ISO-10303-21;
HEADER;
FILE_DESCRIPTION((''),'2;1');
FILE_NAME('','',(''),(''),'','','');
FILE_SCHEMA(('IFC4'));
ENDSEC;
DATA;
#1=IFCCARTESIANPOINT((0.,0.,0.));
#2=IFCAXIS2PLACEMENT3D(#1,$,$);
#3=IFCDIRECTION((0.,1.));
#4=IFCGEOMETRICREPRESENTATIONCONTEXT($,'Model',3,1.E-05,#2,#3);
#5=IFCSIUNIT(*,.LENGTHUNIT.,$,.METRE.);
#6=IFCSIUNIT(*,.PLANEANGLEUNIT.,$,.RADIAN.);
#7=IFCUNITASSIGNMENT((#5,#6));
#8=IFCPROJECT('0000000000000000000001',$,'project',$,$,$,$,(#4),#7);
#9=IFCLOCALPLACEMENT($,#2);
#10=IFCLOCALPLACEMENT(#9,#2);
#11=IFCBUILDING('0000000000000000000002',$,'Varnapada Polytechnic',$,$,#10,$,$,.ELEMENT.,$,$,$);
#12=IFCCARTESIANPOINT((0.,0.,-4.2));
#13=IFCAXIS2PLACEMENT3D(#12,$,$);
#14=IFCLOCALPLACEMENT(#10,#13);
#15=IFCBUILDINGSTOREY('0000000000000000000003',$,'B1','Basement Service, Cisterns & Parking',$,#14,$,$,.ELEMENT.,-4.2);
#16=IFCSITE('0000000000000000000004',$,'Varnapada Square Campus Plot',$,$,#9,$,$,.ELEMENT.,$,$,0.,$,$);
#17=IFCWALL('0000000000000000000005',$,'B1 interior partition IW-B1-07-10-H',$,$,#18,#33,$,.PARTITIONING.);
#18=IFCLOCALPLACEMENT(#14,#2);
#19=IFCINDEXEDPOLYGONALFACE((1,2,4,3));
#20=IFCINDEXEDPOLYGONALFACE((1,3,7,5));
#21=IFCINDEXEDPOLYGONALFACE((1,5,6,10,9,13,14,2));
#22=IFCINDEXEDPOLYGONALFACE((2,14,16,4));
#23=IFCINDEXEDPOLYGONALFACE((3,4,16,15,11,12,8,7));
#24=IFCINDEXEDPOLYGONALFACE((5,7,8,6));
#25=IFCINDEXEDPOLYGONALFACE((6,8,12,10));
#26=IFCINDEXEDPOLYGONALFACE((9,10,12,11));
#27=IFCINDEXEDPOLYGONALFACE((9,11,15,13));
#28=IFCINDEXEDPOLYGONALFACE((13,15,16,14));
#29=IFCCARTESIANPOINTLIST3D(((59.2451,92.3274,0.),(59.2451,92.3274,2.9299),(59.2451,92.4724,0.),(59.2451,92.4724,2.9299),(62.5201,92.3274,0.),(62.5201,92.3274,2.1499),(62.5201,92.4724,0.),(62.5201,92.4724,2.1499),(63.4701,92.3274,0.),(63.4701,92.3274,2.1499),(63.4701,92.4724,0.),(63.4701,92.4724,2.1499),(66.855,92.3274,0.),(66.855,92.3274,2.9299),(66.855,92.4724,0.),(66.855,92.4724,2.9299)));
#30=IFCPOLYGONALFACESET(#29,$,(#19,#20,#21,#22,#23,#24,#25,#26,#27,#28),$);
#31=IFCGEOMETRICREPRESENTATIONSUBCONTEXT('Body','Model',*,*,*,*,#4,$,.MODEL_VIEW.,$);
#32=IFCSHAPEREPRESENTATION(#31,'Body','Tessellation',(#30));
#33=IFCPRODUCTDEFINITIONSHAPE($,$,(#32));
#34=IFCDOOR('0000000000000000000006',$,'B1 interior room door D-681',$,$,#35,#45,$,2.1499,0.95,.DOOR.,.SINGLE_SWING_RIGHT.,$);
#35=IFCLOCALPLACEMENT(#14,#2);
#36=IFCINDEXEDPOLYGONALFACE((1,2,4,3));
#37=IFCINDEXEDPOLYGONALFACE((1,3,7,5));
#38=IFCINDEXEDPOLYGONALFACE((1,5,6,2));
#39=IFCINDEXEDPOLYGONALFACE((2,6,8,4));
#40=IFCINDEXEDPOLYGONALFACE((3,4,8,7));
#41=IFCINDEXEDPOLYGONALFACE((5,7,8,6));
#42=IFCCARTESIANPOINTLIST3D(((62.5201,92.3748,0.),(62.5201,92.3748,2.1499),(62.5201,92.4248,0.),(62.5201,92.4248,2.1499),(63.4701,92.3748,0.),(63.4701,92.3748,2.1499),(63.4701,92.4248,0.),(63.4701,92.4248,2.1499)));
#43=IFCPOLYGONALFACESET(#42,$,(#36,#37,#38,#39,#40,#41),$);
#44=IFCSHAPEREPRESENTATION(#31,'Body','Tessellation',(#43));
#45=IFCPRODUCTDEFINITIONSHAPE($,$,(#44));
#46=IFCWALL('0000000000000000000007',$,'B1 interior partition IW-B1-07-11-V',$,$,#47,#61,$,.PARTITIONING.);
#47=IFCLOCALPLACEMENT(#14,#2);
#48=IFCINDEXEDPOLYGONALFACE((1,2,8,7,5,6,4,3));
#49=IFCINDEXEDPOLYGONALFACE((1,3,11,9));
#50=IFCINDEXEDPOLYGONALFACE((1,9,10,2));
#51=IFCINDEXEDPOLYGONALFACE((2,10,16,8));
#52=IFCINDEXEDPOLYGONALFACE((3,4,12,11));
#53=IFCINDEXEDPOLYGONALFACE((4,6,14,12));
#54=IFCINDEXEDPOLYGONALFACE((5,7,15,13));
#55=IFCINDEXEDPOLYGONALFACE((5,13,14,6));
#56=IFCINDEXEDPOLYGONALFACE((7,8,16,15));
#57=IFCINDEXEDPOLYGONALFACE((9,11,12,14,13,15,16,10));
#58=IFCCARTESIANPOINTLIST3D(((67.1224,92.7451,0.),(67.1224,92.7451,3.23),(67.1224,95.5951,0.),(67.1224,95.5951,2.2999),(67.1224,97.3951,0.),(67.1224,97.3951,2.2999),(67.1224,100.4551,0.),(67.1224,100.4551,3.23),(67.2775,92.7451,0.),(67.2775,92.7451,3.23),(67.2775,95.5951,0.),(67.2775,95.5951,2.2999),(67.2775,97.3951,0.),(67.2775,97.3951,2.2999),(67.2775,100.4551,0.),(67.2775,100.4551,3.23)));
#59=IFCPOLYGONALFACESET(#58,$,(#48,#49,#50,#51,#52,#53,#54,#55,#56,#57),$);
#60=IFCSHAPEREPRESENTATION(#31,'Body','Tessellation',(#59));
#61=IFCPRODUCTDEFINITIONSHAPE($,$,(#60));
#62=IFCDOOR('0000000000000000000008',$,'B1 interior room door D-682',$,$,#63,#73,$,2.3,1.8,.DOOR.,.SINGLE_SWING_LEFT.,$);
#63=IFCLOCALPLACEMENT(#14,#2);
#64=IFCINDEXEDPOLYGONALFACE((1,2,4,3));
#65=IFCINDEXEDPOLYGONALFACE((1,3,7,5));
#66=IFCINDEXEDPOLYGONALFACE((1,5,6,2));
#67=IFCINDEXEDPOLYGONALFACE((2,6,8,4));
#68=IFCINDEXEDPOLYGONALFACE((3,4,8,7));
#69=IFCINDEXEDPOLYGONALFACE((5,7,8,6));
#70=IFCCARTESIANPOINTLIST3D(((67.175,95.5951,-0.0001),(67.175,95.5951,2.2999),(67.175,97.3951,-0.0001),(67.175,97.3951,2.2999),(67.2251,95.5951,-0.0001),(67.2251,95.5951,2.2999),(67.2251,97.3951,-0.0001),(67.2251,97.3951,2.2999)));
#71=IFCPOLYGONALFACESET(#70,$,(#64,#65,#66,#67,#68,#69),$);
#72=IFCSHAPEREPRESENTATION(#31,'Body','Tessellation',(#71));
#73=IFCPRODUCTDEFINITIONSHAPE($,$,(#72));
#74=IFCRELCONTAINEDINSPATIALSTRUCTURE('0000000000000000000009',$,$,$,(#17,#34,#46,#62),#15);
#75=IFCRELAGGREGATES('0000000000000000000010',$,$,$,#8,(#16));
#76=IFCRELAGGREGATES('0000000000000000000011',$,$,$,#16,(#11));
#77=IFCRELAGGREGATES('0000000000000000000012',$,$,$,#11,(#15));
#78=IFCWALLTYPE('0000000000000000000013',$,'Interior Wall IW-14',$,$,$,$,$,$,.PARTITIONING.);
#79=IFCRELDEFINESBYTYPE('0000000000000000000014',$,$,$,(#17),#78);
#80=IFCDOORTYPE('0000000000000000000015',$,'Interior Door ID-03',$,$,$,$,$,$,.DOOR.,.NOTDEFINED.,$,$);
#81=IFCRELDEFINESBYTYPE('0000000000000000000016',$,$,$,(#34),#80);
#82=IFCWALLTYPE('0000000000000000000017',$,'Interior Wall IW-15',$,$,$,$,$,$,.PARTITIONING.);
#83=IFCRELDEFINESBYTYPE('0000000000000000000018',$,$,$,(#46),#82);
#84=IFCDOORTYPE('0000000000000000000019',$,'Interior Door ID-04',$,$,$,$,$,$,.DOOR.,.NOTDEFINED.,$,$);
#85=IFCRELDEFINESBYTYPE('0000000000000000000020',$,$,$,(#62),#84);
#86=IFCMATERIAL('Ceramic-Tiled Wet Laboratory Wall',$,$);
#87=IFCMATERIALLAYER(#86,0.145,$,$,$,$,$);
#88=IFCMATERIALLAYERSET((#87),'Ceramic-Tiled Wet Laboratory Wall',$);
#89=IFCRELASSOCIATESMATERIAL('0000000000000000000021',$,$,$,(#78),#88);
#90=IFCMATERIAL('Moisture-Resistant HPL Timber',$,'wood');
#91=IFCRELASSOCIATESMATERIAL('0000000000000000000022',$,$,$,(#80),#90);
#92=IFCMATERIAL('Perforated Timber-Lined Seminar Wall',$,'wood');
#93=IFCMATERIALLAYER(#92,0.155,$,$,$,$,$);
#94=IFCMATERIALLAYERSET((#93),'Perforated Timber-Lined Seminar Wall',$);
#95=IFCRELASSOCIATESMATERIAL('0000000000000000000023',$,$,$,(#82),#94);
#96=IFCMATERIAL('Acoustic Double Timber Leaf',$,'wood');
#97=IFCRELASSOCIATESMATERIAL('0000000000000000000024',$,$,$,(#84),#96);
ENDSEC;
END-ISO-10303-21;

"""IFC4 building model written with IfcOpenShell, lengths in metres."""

from ifc_helpers import new_model, si_unit, direction, frame, frame_2d, origin, place, context, subcontext, project, spatial, rectangle, extrude, material, layer, layer_set, type_object, element, fill, save


model = new_model("IFC4")

# Units and contexts
model_context = context("Model", 3, precision=1e-05, world=origin(), true_north=direction((0.0, 1.0)))
body_context = subcontext(model_context, "Body", "Model", "MODEL_VIEW")
ifc_project = project(units=[si_unit("LENGTHUNIT", "METRE"), si_unit("PLANEANGLEUNIT", "RADIAN")], contexts=[model_context])

# Site, building, storey
site_placement = place(None, origin())
site = spatial("IfcSite", under=ifc_project, at=site_placement, Name="Varnapada Square Campus Plot", CompositionType="ELEMENT", RefElevation=0.0)
building_placement = place(site_placement, origin())
building = spatial("IfcBuilding", under=site, at=building_placement, Name="Varnapada Polytechnic", CompositionType="ELEMENT")
storey_placement = place(building_placement, frame((0.0, 0.0, -4.2)))
storey = spatial("IfcBuildingStorey", under=building, at=storey_placement, Name="B1", Description="Basement Service, Cisterns & Parking", CompositionType="ELEMENT", Elevation=-4.2)

# Walls, openings, doors
ifc_material_1 = material(Name="Ceramic-Tiled Wet Laboratory Wall")
ifc_layer_1 = layer(ifc_material_1, 0.145)
ifc_layer_set_1 = layer_set([ifc_layer_1], Name="Ceramic-Tiled Wet Laboratory Wall")
wall_type_1 = type_object("IfcWallType", Name="Interior Wall IW-14", PredefinedType="PARTITIONING", material=ifc_layer_set_1)
wall_1_placement = place(storey_placement, frame((59.2451, 92.3999, 0.0), z_axis=(0.0, 0.0, 1.0), x_axis=(1.0, 0.0, 0.0)))
wall_1 = element("IfcWall", 1, at=wall_1_placement, inside=storey, type_object=wall_type_1, Name="B1 interior partition IW-B1-07-10-H", PredefinedType="PARTITIONING", context=body_context, shape_type="SweptSolid", body=[
    extrude(rectangle(XDim=7.6099, YDim=0.145, at=frame_2d((3.8049, 0.0))), origin(), (0.0, 0.0, 1.0), 2.9299),
])
opening_1_placement = place(wall_1_placement, frame((3.2749, 0.0, 0.0)))
opening_1 = element("IfcOpeningElement", 2, at=opening_1_placement, cuts=wall_1, PredefinedType="OPENING", context=body_context, shape_type="SweptSolid", body=[
    extrude(rectangle(XDim=0.95, YDim=2.1499, at=frame_2d((0.4751, 1.075))), frame((0.0, 0.0825, 0.0), z_axis=(0.0, -1.0, 0.0), x_axis=(1.0, 0.0, 0.0)), (0.0, 0.0, 1.0), 0.165),
])
ifc_material_2 = material(Name="Moisture-Resistant HPL Timber", Category="wood")
door_type_1 = type_object("IfcDoorType", Name="Interior Door ID-03", OperationType="NOTDEFINED", PredefinedType="DOOR", material=ifc_material_2)
door_1_placement = place(opening_1_placement, origin())
door_1 = element("IfcDoor", 3, at=door_1_placement, inside=storey, type_object=door_type_1, Name="B1 interior room door D-681", OperationType="SINGLE_SWING_RIGHT", OverallHeight=2.1499, OverallWidth=0.95, PredefinedType="DOOR", context=body_context, shape_type="SweptSolid", body=[
    extrude(rectangle(XDim=0.95, YDim=2.1499, at=frame_2d((0.4751, 1.075))), frame((0.0, 0.0249, 0.0), z_axis=(0.0, -1.0, 0.0), x_axis=(1.0, 0.0, 0.0)), (0.0, 0.0, 1.0), 0.05),
])
fill(opening_1, door_1)
ifc_material_3 = material(Name="Perforated Timber-Lined Seminar Wall", Category="wood")
ifc_layer_2 = layer(ifc_material_3, 0.155)
ifc_layer_set_2 = layer_set([ifc_layer_2], Name="Perforated Timber-Lined Seminar Wall")
wall_type_2 = type_object("IfcWallType", Name="Interior Wall IW-15", PredefinedType="PARTITIONING", material=ifc_layer_set_2)
wall_2_placement = place(storey_placement, frame((67.2, 92.7451, 0.0), z_axis=(0.0, 0.0, 1.0), x_axis=(0.0, 1.0, 0.0)))
wall_2 = element("IfcWall", 4, at=wall_2_placement, inside=storey, type_object=wall_type_2, Name="B1 interior partition IW-B1-07-11-V", PredefinedType="PARTITIONING", context=body_context, shape_type="SweptSolid", body=[
    extrude(rectangle(XDim=7.71, YDim=0.155, at=frame_2d((3.855, 0.0))), origin(), (0.0, 0.0, 1.0), 3.23),
])
opening_2_placement = place(wall_2_placement, frame((2.8501, 0.0, 0.0)))
opening_2 = element("IfcOpeningElement", 5, at=opening_2_placement, cuts=wall_2, PredefinedType="OPENING", context=body_context, shape_type="SweptSolid", body=[
    extrude(rectangle(XDim=1.8, YDim=2.3, at=frame_2d((0.8999, 1.1499))), frame((0.0, 0.0874, 0.0), z_axis=(0.0, -1.0, 0.0), x_axis=(1.0, 0.0, 0.0)), (0.0, 0.0, 1.0), 0.175),
])
ifc_material_4 = material(Name="Acoustic Double Timber Leaf", Category="wood")
door_type_2 = type_object("IfcDoorType", Name="Interior Door ID-04", OperationType="NOTDEFINED", PredefinedType="DOOR", material=ifc_material_4)
door_2_placement = place(opening_2_placement, origin())
door_2 = element("IfcDoor", 6, at=door_2_placement, inside=storey, type_object=door_type_2, Name="B1 interior room door D-682", OperationType="SINGLE_SWING_LEFT", OverallHeight=2.3, OverallWidth=1.8, PredefinedType="DOOR", context=body_context, shape_type="SweptSolid", body=[
    extrude(rectangle(XDim=1.8, YDim=2.3, at=frame_2d((0.8999, 1.1499))), frame((0.0, 0.0249, 0.0), z_axis=(0.0, -1.0, 0.0), x_axis=(1.0, 0.0, 0.0)), (0.0, 0.0, 1.0), 0.05),
])
fill(opening_2, door_2)

save(model, "model.ifc")
